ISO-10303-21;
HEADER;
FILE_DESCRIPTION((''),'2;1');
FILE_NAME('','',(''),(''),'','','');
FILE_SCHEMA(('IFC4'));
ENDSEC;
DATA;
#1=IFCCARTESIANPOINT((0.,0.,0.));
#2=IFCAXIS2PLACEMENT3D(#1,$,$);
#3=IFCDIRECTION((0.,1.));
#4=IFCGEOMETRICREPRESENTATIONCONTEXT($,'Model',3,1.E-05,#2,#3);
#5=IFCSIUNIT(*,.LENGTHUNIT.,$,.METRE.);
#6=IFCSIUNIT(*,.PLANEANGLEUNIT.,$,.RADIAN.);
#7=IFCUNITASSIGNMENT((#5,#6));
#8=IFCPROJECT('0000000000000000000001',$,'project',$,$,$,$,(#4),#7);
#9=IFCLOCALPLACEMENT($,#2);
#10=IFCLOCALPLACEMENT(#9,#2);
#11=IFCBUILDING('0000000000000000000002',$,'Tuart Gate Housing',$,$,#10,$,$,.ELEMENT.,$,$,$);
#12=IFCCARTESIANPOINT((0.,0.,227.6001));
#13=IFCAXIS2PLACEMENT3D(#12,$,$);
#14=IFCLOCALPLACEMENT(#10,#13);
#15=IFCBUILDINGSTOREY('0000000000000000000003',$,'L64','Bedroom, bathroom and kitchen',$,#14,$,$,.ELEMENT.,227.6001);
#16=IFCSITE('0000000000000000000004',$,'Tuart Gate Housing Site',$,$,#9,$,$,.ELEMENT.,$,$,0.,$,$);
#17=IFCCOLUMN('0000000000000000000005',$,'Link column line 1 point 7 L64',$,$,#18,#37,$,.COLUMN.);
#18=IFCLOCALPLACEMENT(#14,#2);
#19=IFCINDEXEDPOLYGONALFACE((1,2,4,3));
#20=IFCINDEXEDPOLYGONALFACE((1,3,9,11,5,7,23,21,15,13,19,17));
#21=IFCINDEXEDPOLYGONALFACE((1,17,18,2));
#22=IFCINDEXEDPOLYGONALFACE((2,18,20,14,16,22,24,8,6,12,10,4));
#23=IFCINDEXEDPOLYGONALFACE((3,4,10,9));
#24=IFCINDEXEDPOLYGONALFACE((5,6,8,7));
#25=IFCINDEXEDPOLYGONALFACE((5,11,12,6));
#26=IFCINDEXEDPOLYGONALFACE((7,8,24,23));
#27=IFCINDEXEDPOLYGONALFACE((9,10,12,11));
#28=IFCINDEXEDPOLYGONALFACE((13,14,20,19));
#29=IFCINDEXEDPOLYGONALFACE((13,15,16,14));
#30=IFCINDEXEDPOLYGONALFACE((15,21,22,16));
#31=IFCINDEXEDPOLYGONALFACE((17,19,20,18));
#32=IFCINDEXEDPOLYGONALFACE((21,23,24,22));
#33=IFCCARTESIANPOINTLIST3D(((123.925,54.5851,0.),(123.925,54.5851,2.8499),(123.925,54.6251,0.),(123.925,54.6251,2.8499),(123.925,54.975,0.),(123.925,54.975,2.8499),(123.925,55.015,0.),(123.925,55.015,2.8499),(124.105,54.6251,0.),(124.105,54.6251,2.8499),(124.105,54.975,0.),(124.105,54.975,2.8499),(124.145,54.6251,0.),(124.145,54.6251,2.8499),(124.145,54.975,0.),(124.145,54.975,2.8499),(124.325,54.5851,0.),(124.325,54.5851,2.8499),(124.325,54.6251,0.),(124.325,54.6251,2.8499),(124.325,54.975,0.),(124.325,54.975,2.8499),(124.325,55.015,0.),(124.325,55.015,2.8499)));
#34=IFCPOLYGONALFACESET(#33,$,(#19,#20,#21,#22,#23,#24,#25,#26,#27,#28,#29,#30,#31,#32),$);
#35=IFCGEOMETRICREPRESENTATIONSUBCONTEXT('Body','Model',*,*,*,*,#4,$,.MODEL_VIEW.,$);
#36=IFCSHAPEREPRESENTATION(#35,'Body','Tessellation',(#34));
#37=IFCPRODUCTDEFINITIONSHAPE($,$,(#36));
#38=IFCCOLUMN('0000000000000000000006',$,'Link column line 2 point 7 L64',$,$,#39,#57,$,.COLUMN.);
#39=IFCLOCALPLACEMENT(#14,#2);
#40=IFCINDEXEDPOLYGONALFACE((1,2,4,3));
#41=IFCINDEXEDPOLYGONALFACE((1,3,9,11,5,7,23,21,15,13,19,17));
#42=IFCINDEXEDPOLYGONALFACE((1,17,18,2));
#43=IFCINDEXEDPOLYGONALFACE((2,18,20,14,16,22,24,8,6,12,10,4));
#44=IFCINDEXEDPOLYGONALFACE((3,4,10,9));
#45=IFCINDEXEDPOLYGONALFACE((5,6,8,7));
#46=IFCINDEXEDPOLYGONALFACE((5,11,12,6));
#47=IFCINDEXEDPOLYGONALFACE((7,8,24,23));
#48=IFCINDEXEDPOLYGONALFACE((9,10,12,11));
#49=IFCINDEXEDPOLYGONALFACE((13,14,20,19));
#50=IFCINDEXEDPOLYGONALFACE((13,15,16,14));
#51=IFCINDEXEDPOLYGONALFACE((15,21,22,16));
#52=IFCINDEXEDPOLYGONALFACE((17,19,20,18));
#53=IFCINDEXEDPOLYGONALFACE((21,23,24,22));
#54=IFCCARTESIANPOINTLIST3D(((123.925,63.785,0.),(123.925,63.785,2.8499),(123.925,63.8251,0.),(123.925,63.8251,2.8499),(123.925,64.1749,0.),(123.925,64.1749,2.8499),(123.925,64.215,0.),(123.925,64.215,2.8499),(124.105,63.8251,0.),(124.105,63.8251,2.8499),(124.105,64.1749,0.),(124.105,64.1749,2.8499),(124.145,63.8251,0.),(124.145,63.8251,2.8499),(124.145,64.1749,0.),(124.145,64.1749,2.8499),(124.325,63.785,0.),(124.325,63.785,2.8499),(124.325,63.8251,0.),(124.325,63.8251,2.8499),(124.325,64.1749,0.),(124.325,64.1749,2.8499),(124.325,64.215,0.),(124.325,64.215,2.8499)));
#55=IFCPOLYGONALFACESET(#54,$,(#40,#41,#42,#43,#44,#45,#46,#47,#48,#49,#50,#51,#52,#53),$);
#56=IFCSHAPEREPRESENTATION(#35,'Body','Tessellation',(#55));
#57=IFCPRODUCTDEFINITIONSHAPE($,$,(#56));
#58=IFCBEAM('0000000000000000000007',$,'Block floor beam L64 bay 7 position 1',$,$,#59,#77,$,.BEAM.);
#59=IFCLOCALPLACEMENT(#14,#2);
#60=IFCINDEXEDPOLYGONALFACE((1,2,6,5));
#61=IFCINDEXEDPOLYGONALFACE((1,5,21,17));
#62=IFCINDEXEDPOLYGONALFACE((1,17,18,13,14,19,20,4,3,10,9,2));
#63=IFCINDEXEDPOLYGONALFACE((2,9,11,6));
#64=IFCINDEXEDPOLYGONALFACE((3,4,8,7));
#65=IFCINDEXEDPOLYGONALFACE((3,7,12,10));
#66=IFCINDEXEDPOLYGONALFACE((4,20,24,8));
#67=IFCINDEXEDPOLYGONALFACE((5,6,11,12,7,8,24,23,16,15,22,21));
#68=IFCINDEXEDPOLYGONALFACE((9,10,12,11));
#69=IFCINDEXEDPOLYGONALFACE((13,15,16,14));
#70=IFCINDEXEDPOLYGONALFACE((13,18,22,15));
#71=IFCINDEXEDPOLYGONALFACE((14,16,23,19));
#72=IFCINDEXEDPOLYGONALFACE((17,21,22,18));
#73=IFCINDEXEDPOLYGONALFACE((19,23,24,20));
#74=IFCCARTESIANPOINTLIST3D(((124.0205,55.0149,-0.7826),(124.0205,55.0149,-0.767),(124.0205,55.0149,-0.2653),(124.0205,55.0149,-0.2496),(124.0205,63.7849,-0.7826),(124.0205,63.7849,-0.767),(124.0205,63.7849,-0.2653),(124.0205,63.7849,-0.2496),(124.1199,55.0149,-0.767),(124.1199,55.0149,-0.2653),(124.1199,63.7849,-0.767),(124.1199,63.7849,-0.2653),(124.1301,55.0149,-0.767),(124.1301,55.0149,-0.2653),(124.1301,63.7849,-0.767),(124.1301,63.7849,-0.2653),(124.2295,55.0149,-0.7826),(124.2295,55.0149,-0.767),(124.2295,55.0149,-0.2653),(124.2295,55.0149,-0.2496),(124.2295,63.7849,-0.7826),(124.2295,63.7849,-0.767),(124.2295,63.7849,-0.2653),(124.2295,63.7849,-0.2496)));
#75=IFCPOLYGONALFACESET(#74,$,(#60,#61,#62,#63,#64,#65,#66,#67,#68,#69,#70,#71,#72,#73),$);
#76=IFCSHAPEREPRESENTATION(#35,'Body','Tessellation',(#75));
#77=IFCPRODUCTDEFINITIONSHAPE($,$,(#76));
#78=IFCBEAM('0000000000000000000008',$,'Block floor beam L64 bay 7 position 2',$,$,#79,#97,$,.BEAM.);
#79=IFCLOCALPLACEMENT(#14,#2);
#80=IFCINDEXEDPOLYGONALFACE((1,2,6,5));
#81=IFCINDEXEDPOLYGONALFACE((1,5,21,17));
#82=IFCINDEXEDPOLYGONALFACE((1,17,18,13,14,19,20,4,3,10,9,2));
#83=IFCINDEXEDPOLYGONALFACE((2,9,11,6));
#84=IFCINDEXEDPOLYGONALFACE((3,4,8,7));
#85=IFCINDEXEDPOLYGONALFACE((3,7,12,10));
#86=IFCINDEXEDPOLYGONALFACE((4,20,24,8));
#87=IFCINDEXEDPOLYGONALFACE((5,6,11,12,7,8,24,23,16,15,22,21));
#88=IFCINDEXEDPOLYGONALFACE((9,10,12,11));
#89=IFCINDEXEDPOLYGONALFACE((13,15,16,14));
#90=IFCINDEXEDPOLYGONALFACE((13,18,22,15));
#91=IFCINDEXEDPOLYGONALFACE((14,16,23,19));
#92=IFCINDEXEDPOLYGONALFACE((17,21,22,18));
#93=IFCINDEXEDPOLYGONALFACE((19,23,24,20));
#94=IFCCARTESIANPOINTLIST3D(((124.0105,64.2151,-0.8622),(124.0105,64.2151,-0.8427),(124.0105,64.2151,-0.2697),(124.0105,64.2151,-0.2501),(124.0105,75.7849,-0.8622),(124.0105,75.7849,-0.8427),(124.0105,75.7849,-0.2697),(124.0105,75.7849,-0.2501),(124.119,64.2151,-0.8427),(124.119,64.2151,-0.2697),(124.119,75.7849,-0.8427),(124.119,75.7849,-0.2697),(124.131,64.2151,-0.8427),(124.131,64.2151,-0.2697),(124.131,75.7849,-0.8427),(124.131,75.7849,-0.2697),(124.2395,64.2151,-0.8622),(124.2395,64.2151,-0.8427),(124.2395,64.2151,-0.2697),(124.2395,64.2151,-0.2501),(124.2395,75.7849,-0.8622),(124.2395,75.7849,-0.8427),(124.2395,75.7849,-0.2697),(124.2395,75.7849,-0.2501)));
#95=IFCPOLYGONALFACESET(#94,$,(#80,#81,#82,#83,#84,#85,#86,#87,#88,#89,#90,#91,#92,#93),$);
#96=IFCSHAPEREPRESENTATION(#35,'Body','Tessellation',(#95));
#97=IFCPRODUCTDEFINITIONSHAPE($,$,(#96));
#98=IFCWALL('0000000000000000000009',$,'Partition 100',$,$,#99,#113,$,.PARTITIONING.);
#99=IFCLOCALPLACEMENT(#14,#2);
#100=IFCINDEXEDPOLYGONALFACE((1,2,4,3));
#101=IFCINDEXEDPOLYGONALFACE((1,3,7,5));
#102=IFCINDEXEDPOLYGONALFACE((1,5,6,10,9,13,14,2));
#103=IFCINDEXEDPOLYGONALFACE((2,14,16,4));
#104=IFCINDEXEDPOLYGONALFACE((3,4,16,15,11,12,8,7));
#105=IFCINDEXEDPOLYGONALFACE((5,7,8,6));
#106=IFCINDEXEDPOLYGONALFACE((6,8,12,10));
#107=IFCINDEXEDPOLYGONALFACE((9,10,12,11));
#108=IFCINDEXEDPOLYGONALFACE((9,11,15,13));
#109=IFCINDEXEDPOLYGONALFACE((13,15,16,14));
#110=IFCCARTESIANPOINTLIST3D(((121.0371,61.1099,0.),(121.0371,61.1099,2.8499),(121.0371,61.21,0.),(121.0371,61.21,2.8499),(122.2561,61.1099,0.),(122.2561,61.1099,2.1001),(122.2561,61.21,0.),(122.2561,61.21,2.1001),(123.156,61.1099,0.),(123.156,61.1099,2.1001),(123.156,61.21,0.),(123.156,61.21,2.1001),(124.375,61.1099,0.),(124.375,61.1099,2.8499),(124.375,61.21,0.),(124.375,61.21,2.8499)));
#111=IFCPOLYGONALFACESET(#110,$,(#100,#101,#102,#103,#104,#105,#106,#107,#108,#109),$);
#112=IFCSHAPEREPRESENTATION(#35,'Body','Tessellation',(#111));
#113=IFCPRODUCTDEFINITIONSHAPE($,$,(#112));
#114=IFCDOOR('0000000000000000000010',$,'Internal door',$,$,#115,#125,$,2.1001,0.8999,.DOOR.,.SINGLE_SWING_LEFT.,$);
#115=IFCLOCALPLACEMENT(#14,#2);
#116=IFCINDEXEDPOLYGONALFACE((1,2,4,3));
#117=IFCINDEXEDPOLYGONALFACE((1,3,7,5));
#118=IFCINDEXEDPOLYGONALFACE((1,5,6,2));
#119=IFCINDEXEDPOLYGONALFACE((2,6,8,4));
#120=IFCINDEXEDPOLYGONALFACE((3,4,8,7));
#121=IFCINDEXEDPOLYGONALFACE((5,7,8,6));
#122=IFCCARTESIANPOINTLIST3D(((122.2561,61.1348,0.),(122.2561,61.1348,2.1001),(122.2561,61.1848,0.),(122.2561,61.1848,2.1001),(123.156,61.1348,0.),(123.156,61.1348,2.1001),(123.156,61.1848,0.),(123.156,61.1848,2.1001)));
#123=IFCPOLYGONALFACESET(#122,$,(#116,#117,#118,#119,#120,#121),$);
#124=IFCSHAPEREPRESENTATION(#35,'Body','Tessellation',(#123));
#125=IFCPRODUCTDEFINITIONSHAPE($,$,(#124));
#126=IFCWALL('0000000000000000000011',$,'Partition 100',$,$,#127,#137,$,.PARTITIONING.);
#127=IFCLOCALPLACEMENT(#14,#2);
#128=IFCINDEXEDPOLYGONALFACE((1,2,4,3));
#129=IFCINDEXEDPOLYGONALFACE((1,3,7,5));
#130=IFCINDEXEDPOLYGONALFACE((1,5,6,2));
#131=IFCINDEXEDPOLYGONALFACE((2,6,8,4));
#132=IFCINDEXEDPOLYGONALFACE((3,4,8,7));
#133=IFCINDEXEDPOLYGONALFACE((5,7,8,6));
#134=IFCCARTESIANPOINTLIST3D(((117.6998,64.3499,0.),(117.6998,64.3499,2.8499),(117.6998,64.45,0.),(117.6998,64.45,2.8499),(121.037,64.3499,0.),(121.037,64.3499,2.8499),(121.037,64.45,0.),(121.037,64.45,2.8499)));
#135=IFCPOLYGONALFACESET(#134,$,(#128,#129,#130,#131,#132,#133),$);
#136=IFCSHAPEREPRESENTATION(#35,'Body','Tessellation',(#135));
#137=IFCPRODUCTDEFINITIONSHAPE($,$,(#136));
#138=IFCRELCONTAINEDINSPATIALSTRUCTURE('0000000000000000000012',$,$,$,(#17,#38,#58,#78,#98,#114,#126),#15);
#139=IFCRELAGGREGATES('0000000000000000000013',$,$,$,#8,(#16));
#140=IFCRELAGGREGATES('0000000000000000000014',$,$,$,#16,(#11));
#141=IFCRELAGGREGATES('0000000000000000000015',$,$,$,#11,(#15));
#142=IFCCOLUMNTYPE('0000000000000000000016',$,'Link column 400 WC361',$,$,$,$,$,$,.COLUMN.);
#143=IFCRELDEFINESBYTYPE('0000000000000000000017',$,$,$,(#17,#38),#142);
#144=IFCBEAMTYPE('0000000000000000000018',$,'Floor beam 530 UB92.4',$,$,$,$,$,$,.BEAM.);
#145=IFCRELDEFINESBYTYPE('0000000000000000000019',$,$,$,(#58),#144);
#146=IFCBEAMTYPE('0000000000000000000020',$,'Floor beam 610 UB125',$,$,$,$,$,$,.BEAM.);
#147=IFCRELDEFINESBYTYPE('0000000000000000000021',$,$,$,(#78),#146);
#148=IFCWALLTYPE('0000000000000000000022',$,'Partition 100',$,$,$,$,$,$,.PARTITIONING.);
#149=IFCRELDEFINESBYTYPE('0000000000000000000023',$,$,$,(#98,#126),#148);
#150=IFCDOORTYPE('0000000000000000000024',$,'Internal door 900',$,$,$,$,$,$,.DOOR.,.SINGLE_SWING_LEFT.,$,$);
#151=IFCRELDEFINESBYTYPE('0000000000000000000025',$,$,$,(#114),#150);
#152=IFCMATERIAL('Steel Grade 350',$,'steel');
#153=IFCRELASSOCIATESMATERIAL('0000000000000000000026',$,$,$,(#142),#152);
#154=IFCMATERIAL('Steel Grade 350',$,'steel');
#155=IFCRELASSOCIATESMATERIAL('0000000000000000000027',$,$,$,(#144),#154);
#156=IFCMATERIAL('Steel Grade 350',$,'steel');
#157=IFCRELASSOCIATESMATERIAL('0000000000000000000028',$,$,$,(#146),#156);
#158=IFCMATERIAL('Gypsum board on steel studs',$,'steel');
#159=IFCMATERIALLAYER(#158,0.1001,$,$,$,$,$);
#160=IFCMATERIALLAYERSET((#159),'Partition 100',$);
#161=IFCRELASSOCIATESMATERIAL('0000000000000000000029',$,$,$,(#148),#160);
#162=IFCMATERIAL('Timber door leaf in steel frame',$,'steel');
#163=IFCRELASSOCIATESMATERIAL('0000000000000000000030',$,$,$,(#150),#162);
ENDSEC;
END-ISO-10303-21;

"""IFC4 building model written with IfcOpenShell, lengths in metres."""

from ifc_helpers import new_model, si_unit, direction, frame, frame_2d, origin, origin_2d, place, context, subcontext, project, spatial, rectangle, i_section, extrude, material, layer, layer_set, material_profile, profile_set, type_object, element, fill, save


model = new_model("IFC4")

# Units and contexts
model_context = context("Model", 3, precision=1e-05, world=origin(), true_north=direction((0.0, 1.0)))
body_context = subcontext(model_context, "Body", "Model", "MODEL_VIEW")
ifc_project = project(units=[si_unit("LENGTHUNIT", "METRE"), si_unit("PLANEANGLEUNIT", "RADIAN")], contexts=[model_context])

# Site, building, storey
site_placement = place(None, origin())
site = spatial("IfcSite", under=ifc_project, at=site_placement, Name="Tuart Gate Housing Site", CompositionType="ELEMENT", RefElevation=0.0)
building_placement = place(site_placement, origin())
building = spatial("IfcBuilding", under=site, at=building_placement, Name="Tuart Gate Housing", CompositionType="ELEMENT")
storey_placement = place(building_placement, frame((0.0, 0.0, 227.6001)))
storey = spatial("IfcBuildingStorey", under=building, at=storey_placement, Name="L64", Description="Bedroom, bathroom and kitchen", CompositionType="ELEMENT", Elevation=227.6001)

# Columns
ifc_material_1 = material(Name="Steel Grade 350", Category="steel")
ifc_material_profile_1 = material_profile(ifc_material_1, i_section(OverallWidth=0.3999, OverallDepth=0.4299, WebThickness=0.04, FlangeThickness=0.04, at=origin_2d()), Name="400WC361")
ifc_profile_set_1 = profile_set([ifc_material_profile_1], Name="Steel Grade 350")
column_type = type_object("IfcColumnType", Name="Link column 400 WC361", PredefinedType="COLUMN", material=ifc_profile_set_1)
for number, where, z_axis, x_axis, name in (
    (1, (124.125, 54.8, 0.0), (0.0, 0.0, 1.0), (1.0, 0.0, 0.0), "Link column line 1 point 7 L64"),
    (2, (124.125, 64.0, 0.0), (0.0, 0.0, 1.0), (1.0, 0.0, 0.0), "Link column line 2 point 7 L64"),
):
    element("IfcColumn", number, at=place(storey_placement, frame(where, z_axis=z_axis, x_axis=x_axis)), inside=storey, type_object=column_type, Name=name, PredefinedType="COLUMN", context=body_context, shape_type="SweptSolid", body=[
        extrude(i_section(OverallWidth=0.3999, OverallDepth=0.4299, WebThickness=0.04, FlangeThickness=0.04, at=origin_2d()), origin(), (0.0, 0.0, 1.0), 2.8499),
    ])

# Beams
ifc_material_2 = material(Name="Steel Grade 350", Category="steel")
ifc_material_profile_2 = material_profile(ifc_material_2, i_section(OverallWidth=0.209, OverallDepth=0.533, WebThickness=0.0103, FlangeThickness=0.0156, at=origin_2d()), Name="530UB92.4")
ifc_profile_set_2 = profile_set([ifc_material_profile_2], Name="Steel Grade 350")
beam_type_1 = type_object("IfcBeamType", Name="Floor beam 530 UB92.4", PredefinedType="BEAM", material=ifc_profile_set_2)
beam_1_placement = place(storey_placement, frame((124.125, 55.0149, -0.5161), z_axis=(0.0, 1.0, 0.0), x_axis=(-1.0, 0.0, 0.0)))
element("IfcBeam", 3, at=beam_1_placement, inside=storey, type_object=beam_type_1, Name="Block floor beam L64 bay 7 position 1", PredefinedType="BEAM", context=body_context, shape_type="SweptSolid", body=[
    extrude(i_section(OverallWidth=0.209, OverallDepth=0.533, WebThickness=0.0103, FlangeThickness=0.0156, at=origin_2d()), origin(), (0.0, 0.0, 1.0), 8.77),
])
ifc_material_3 = material(Name="Steel Grade 350", Category="steel")
ifc_material_profile_3 = material_profile(ifc_material_3, i_section(OverallWidth=0.229, OverallDepth=0.6121, WebThickness=0.012, FlangeThickness=0.0195, at=origin_2d()), Name="610UB125")
ifc_profile_set_3 = profile_set([ifc_material_profile_3], Name="Steel Grade 350")
beam_type_2 = type_object("IfcBeamType", Name="Floor beam 610 UB125", PredefinedType="BEAM", material=ifc_profile_set_3)
beam_2_placement = place(storey_placement, frame((124.125, 64.2151, -0.5562), z_axis=(0.0, 1.0, 0.0), x_axis=(-1.0, 0.0, 0.0)))
element("IfcBeam", 4, at=beam_2_placement, inside=storey, type_object=beam_type_2, Name="Block floor beam L64 bay 7 position 2", PredefinedType="BEAM", context=body_context, shape_type="SweptSolid", body=[
    extrude(i_section(OverallWidth=0.229, OverallDepth=0.6121, WebThickness=0.012, FlangeThickness=0.0195, at=origin_2d()), origin(), (0.0, 0.0, 1.0), 11.5698),
])

# Wall, opening, door
ifc_material_4 = material(Name="Gypsum board on steel studs", Category="steel")
ifc_layer_1 = layer(ifc_material_4, 0.1001)
ifc_layer_set_1 = layer_set([ifc_layer_1], Name="Partition 100")
wall_type_1 = type_object("IfcWallType", Name="Partition 100", PredefinedType="PARTITIONING", material=ifc_layer_set_1)
wall_1_placement = place(storey_placement, frame((121.0371, 61.1599, 0.0), z_axis=(0.0, 0.0, 1.0), x_axis=(1.0, 0.0, 0.0)))
wall_1 = element("IfcWall", 5, at=wall_1_placement, inside=storey, type_object=wall_type_1, Name="Partition 100", PredefinedType="PARTITIONING", context=body_context, shape_type="SweptSolid", body=[
    extrude(rectangle(XDim=3.3379, YDim=0.1001, at=frame_2d((1.6689, 0.0))), origin(), (0.0, 0.0, 1.0), 2.8499),
])
opening_1_placement = place(wall_1_placement, frame((1.219, 0.0, 0.0)))
opening_1 = element("IfcOpeningElement", 6, at=opening_1_placement, cuts=wall_1, PredefinedType="OPENING", context=body_context, shape_type="SweptSolid", body=[
    extrude(rectangle(XDim=0.8999, YDim=2.1001, at=frame_2d((0.45, 1.05))), frame((0.0, 0.0601, 0.0), z_axis=(0.0, -1.0, 0.0), x_axis=(1.0, 0.0, 0.0)), (0.0, 0.0, 1.0), 0.1201),
])
ifc_material_5 = material(Name="Timber door leaf in steel frame", Category="steel")
door_type_1 = type_object("IfcDoorType", Name="Internal door 900", OperationType="SINGLE_SWING_LEFT", PredefinedType="DOOR", material=ifc_material_5)
door_1_placement = place(opening_1_placement, origin())
door_1 = element("IfcDoor", 7, at=door_1_placement, inside=storey, type_object=door_type_1, Name="Internal door", OperationType="SINGLE_SWING_LEFT", OverallHeight=2.1001, OverallWidth=0.8999, PredefinedType="DOOR", context=body_context, shape_type="SweptSolid", body=[
    extrude(rectangle(XDim=0.8999, YDim=2.1001, at=frame_2d((0.45, 1.05))), frame((0.0, 0.0249, 0.0), z_axis=(0.0, -1.0, 0.0), x_axis=(1.0, 0.0, 0.0)), (0.0, 0.0, 1.0), 0.05),
])
fill(opening_1, door_1)

# Wall
wall_2_placement = place(storey_placement, frame((117.7, 64.3999, 0.0), z_axis=(0.0, 0.0, 1.0), x_axis=(1.0, 0.0, 0.0)))
element("IfcWall", 8, at=wall_2_placement, inside=storey, type_object=wall_type_1, Name="Partition 100", PredefinedType="PARTITIONING", context=body_context, shape_type="SweptSolid", body=[
    extrude(rectangle(XDim=3.3372, YDim=0.1001, at=frame_2d((1.6685, 0.0))), origin(), (0.0, 0.0, 1.0), 2.8499),
])

save(model, "model.ifc")
